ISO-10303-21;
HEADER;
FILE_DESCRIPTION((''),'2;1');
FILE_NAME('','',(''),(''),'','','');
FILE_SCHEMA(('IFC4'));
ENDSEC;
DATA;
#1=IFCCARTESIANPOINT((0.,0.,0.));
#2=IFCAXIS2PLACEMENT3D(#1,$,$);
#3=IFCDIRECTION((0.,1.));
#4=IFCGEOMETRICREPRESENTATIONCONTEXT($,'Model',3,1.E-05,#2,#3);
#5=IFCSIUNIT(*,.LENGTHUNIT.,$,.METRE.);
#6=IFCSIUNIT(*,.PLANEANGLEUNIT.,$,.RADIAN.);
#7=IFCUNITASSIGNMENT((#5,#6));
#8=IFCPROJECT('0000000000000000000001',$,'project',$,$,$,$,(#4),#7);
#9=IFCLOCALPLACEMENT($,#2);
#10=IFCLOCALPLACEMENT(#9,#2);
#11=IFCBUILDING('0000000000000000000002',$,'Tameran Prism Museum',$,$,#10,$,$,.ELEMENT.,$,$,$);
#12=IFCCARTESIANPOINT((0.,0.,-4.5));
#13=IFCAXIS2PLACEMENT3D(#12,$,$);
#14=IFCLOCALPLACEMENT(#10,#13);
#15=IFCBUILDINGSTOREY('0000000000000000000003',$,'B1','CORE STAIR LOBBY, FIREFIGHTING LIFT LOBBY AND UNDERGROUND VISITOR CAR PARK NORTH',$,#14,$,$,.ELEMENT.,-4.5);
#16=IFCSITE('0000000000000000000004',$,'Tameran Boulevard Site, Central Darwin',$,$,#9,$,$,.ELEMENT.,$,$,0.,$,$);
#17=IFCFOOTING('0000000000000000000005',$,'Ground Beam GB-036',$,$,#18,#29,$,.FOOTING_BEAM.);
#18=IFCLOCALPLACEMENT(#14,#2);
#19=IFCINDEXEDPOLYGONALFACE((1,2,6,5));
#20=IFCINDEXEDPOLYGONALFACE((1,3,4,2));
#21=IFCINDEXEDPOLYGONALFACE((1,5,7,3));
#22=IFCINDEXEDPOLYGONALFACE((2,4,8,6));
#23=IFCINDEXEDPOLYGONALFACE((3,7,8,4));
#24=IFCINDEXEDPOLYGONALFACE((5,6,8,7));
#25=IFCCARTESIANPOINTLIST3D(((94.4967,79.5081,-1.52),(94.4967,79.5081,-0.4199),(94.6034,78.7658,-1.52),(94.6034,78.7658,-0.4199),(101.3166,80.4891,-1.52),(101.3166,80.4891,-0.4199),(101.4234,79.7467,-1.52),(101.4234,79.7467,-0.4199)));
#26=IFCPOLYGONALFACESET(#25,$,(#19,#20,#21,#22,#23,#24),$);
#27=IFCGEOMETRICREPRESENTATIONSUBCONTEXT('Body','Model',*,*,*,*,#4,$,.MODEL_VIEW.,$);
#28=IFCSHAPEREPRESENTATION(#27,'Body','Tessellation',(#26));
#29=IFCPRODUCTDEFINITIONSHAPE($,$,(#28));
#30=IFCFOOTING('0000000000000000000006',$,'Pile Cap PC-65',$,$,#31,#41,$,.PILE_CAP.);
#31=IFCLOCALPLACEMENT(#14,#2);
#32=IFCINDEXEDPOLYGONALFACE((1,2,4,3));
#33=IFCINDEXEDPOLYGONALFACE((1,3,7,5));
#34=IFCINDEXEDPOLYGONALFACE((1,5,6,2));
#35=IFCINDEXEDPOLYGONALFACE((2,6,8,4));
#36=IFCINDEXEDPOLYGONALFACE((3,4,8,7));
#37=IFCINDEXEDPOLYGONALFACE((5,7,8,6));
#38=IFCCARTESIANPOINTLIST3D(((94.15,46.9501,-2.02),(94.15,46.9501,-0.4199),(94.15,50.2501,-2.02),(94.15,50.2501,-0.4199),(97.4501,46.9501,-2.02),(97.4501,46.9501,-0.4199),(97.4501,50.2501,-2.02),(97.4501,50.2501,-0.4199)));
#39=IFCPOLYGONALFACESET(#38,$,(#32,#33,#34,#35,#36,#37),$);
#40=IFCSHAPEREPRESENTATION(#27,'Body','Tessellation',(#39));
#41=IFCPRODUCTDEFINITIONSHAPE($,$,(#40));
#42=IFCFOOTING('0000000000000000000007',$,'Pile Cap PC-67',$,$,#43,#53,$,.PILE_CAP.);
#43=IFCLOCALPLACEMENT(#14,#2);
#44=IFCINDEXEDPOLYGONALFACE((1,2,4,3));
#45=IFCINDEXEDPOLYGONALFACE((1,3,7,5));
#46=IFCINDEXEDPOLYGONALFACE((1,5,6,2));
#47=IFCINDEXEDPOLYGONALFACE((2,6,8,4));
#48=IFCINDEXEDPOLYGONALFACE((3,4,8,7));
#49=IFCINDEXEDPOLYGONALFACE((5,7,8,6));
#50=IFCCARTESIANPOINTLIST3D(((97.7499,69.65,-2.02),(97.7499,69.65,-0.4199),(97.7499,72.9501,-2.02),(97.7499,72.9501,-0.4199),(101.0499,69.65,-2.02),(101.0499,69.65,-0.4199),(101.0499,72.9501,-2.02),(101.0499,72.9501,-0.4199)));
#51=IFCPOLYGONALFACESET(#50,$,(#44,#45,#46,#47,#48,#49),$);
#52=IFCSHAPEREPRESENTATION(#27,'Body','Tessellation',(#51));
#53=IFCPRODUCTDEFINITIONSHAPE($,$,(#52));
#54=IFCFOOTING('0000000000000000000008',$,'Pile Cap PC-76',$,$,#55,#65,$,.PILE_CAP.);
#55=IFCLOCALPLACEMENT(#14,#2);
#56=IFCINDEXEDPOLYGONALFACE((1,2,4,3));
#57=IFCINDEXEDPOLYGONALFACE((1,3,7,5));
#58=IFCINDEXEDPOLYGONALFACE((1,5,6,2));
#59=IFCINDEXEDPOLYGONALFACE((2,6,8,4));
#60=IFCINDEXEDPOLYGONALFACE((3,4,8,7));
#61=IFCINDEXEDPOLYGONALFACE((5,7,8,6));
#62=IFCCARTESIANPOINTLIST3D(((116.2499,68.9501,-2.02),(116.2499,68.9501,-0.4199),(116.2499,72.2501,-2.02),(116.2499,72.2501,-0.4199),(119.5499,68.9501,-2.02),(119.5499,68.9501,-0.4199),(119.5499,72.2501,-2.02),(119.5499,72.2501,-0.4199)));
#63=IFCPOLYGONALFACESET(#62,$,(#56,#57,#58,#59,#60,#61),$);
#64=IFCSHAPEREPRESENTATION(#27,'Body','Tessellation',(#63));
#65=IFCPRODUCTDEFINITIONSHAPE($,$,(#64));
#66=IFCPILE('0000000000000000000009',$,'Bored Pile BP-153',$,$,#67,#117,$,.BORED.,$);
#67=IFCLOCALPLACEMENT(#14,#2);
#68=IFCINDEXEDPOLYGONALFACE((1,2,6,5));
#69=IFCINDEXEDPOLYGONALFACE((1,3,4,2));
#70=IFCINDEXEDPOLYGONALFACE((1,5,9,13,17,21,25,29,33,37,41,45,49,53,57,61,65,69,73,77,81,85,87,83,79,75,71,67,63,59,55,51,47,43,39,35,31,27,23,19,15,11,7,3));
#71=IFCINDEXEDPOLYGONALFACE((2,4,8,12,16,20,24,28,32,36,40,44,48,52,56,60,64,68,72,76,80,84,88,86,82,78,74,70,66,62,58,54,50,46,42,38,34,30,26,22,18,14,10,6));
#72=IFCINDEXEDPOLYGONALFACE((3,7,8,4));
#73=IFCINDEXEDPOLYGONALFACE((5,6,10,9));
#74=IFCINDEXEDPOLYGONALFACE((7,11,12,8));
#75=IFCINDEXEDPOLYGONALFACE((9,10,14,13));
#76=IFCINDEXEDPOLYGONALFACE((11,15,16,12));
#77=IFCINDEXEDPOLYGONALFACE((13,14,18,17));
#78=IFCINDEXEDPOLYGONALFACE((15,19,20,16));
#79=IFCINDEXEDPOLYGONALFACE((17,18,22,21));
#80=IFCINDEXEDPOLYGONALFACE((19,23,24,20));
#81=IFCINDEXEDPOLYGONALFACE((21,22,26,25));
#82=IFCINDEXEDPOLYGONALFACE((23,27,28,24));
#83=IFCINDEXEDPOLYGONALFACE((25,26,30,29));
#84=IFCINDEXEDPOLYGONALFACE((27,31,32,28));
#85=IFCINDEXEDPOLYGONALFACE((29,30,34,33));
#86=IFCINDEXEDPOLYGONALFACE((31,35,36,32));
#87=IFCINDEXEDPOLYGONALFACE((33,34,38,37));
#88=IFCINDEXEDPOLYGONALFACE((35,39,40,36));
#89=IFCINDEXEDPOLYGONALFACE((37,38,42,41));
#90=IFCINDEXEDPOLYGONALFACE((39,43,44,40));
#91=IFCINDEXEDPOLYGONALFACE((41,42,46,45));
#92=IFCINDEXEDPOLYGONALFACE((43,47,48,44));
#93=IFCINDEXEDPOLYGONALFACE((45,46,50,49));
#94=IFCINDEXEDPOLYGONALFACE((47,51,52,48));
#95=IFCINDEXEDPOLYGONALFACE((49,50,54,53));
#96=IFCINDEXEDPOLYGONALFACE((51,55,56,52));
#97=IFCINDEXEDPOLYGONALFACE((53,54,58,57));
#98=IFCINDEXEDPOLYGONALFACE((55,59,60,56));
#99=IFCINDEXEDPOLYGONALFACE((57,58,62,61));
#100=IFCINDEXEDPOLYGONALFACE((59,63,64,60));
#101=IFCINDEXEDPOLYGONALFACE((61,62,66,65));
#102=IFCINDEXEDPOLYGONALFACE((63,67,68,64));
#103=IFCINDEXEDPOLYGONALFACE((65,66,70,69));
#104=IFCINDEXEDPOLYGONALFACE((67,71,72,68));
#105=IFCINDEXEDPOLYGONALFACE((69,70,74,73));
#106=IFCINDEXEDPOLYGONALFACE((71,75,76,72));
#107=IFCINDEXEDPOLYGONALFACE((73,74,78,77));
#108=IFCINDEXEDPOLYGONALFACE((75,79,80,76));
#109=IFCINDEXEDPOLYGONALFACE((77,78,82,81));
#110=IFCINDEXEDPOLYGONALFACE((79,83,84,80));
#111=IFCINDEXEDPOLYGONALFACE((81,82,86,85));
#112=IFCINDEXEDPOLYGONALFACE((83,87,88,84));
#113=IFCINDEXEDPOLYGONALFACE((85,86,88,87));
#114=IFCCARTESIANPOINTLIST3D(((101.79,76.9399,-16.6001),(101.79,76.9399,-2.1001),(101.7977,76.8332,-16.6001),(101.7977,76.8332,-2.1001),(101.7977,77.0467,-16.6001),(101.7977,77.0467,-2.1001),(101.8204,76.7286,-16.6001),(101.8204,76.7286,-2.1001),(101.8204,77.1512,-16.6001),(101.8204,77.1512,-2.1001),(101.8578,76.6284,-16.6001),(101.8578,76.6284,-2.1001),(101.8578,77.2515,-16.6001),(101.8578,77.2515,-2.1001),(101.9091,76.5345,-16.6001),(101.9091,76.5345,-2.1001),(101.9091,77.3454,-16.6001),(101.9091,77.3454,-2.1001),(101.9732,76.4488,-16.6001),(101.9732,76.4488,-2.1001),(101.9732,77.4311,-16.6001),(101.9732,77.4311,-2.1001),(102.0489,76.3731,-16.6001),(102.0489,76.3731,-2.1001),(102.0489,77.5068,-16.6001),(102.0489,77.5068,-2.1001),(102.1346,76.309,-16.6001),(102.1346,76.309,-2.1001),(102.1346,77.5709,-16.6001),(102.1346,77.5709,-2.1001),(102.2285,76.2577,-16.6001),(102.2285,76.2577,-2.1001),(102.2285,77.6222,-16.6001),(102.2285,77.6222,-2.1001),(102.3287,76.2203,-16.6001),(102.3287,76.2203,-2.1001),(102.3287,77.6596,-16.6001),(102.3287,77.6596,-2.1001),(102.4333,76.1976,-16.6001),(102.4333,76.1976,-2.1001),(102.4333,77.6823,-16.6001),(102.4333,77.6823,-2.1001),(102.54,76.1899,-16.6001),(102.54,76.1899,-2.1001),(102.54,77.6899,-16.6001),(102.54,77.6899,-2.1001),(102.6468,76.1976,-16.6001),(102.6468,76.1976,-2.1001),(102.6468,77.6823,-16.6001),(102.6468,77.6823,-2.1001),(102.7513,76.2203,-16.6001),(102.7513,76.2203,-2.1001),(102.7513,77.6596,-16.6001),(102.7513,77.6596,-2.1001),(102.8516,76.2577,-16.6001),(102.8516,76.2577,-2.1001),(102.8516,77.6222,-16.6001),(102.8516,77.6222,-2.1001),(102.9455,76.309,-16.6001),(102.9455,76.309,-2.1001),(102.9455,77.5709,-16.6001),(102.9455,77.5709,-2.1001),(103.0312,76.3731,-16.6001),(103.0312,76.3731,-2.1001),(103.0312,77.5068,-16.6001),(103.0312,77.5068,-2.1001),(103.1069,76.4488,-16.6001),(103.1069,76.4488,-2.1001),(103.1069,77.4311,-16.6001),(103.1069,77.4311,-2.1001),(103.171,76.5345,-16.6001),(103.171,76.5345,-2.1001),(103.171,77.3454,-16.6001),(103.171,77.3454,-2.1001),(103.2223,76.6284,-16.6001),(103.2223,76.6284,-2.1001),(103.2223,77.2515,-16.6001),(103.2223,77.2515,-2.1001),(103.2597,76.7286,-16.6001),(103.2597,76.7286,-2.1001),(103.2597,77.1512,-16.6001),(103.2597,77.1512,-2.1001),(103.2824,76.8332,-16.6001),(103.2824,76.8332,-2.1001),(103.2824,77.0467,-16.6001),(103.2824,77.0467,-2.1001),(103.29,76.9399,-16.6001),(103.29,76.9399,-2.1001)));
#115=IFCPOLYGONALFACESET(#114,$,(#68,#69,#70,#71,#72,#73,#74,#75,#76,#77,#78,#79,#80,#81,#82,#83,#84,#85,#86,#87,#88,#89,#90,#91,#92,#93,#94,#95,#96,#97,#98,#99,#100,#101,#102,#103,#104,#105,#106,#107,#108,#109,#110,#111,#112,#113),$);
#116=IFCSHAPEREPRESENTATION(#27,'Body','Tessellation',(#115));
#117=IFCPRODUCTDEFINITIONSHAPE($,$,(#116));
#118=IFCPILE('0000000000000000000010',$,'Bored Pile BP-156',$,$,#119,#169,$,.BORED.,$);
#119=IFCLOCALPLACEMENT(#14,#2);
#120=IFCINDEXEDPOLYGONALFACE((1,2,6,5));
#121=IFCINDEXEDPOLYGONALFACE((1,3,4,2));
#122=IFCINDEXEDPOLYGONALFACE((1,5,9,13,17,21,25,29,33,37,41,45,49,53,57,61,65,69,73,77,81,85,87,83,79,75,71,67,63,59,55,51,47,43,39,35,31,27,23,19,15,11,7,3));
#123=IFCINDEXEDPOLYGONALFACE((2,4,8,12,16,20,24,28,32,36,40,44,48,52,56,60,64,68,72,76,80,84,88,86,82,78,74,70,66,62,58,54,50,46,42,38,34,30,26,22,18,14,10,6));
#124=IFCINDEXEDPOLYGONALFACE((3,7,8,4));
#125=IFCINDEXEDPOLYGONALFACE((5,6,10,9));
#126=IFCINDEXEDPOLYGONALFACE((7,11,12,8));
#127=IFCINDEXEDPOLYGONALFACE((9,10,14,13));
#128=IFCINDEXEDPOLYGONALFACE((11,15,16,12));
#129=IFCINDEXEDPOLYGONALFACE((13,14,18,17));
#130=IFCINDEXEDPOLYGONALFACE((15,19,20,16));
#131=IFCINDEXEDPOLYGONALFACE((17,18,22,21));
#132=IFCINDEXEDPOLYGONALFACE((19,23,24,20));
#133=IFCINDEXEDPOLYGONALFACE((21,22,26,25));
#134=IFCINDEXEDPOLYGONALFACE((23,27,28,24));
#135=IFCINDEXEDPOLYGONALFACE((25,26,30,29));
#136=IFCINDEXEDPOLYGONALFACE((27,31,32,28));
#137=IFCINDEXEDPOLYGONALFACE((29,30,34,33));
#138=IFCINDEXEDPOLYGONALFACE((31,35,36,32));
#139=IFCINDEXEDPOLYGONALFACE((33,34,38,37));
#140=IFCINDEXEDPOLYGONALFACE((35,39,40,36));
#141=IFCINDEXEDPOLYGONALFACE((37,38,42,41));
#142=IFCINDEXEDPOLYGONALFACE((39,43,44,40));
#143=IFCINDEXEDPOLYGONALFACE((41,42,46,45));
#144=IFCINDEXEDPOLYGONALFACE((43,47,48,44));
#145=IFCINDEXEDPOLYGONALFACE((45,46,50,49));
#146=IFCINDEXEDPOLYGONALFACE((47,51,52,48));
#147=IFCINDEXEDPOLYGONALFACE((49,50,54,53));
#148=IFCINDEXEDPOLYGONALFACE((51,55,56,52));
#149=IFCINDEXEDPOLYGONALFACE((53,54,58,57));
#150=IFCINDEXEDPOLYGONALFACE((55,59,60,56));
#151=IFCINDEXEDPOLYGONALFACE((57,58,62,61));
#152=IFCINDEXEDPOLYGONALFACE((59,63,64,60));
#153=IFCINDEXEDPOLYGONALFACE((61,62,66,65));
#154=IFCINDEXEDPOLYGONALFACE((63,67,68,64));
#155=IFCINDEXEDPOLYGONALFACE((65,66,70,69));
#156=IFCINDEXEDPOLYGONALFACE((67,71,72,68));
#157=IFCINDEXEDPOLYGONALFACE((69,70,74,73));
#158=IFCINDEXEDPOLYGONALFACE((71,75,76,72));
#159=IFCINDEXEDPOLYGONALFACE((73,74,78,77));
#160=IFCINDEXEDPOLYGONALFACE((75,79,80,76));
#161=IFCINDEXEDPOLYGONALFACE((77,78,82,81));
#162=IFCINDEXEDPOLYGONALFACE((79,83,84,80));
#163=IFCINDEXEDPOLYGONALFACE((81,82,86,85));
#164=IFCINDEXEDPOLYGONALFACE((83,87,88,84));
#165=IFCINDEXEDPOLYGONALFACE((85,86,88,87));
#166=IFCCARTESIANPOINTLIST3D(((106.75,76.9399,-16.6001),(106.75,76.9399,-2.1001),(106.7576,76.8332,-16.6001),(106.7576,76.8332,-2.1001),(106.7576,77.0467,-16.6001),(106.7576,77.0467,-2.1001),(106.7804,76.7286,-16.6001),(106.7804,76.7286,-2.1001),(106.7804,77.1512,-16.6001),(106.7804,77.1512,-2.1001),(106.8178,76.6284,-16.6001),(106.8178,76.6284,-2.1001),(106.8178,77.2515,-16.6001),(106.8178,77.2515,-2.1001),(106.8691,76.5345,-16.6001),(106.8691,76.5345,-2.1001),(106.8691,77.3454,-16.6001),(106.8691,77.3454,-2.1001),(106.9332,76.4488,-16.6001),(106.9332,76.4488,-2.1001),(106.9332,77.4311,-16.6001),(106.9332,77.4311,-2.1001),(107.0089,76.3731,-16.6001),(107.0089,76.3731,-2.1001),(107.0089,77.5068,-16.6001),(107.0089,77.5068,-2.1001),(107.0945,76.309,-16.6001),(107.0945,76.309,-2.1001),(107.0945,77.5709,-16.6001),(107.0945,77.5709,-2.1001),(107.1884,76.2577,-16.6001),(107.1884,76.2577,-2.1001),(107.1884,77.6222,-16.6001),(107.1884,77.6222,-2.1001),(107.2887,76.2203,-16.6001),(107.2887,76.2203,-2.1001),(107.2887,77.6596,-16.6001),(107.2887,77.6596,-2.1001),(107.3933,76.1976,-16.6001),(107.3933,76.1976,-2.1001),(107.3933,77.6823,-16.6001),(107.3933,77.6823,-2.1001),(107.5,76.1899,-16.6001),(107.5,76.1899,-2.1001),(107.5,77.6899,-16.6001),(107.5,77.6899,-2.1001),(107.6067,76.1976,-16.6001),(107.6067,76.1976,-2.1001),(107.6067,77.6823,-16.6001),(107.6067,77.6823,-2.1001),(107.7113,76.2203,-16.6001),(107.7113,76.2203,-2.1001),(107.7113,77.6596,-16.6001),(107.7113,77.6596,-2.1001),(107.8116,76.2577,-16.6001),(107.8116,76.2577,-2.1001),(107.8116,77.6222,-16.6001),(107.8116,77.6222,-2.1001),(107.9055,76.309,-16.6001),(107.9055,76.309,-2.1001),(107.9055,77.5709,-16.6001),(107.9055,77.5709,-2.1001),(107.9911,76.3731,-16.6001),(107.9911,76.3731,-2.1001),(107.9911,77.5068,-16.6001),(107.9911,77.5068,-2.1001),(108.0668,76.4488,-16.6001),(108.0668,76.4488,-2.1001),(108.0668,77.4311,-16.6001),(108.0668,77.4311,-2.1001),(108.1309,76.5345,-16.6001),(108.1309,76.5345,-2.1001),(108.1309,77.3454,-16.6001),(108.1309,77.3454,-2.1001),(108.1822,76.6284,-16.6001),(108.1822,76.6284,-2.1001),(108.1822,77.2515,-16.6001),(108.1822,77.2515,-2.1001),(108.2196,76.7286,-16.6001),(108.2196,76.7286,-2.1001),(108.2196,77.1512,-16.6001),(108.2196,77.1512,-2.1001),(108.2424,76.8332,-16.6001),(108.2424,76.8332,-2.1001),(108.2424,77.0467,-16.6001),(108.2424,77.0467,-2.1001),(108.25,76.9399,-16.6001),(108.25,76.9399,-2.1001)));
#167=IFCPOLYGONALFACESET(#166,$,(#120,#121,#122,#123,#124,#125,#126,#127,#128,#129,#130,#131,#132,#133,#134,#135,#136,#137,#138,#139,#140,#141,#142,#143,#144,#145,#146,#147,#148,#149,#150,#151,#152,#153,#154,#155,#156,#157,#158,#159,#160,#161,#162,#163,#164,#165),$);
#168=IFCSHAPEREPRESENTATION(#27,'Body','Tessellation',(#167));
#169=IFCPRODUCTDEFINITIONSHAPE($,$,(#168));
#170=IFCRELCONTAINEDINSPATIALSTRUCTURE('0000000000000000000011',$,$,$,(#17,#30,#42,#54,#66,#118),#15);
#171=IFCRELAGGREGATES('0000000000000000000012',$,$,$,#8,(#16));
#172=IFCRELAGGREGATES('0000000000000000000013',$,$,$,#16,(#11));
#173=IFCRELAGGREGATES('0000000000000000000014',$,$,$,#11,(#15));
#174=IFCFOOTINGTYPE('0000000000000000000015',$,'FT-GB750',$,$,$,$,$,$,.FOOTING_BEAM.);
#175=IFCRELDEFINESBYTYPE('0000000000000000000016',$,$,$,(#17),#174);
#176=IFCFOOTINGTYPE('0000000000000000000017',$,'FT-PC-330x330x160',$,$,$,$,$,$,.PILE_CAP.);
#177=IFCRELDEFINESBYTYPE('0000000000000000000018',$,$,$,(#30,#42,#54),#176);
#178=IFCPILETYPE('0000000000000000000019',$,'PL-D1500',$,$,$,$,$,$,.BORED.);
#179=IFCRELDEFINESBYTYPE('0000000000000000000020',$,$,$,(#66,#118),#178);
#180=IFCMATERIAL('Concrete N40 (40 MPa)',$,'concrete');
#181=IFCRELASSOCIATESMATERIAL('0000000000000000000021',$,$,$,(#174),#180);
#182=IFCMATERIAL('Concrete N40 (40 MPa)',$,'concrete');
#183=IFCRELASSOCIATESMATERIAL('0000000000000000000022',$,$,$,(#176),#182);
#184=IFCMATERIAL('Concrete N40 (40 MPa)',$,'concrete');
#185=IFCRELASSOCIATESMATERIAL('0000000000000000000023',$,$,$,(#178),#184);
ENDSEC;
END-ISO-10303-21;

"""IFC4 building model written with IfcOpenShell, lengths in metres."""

from ifc_helpers import new_model, si_unit, direction, frame, origin, origin_2d, place, context, subcontext, project, spatial, rectangle, circle, extrude, material, material_profile, profile_set, type_object, element, save


model = new_model("IFC4")

# Units and contexts
model_context = context("Model", 3, precision=1e-05, world=origin(), true_north=direction((0.0, 1.0)))
body_context = subcontext(model_context, "Body", "Model", "MODEL_VIEW")
ifc_project = project(units=[si_unit("LENGTHUNIT", "METRE"), si_unit("PLANEANGLEUNIT", "RADIAN")], contexts=[model_context])

# Site, building, storey
site_placement = place(None, origin())
site = spatial("IfcSite", under=ifc_project, at=site_placement, Name="Tameran Boulevard Site, Central Darwin", CompositionType="ELEMENT", RefElevation=0.0)
building_placement = place(site_placement, origin())
building = spatial("IfcBuilding", under=site, at=building_placement, Name="Tameran Prism Museum", CompositionType="ELEMENT")
storey_placement = place(building_placement, frame((0.0, 0.0, -4.5)))
storey = spatial("IfcBuildingStorey", under=building, at=storey_placement, Name="B1", Description="CORE STAIR LOBBY, FIREFIGHTING LIFT LOBBY AND UNDERGROUND VISITOR CAR PARK NORTH", CompositionType="ELEMENT", Elevation=-4.5)

# Footings
ifc_material_1 = material(Name="Concrete N40 (40 MPa)", Category="concrete")
ifc_material_profile_1 = material_profile(ifc_material_1, rectangle(XDim=0.75, YDim=1.1001, at=origin_2d()))
ifc_profile_set_1 = profile_set([ifc_material_profile_1])
footing_type_1 = type_object("IfcFootingType", Name="FT-GB750", PredefinedType="FOOTING_BEAM", material=ifc_profile_set_1)
footing_placement = place(storey_placement, frame((94.55, 79.137, -0.97), z_axis=(0.989814, 0.142369, 0.0), x_axis=(-0.142369, 0.989814, 0.0)))
element("IfcFooting", 1, at=footing_placement, inside=storey, type_object=footing_type_1, Name="Ground Beam GB-036", PredefinedType="FOOTING_BEAM", context=body_context, shape_type="SweptSolid", body=[
    extrude(rectangle(XDim=0.75, YDim=1.1001, at=origin_2d()), origin(), (0.0, 0.0, 1.0), 6.8901),
])
ifc_material_2 = material(Name="Concrete N40 (40 MPa)", Category="concrete")
footing_type_2 = type_object("IfcFootingType", Name="FT-PC-330x330x160", PredefinedType="PILE_CAP", material=ifc_material_2)
for number, where, z_axis, x_axis, name in (
    (2, (95.8, 48.6001, -2.02), (0.0, 0.0, 1.0), (1.0, 0.0, 0.0), "Pile Cap PC-65"),
    (3, (99.3999, 71.3, -2.02), (0.0, 0.0, 1.0), (1.0, 0.0, 0.0), "Pile Cap PC-67"),
    (4, (117.8999, 70.6001, -2.02), (0.0, 0.0, 1.0), (1.0, 0.0, 0.0), "Pile Cap PC-76"),
):
    element("IfcFooting", number, at=place(storey_placement, frame(where, z_axis=z_axis, x_axis=x_axis)), inside=storey, type_object=footing_type_2, Name=name, PredefinedType="PILE_CAP", context=body_context, shape_type="SweptSolid", body=[
        extrude(rectangle(XDim=3.3, YDim=3.3, at=origin_2d()), origin(), (0.0, 0.0, 1.0), 1.6001),
    ])

# Piles
ifc_material_3 = material(Name="Concrete N40 (40 MPa)", Category="concrete")
ifc_material_profile_2 = material_profile(ifc_material_3, circle(Radius=0.75, at=origin_2d()))
ifc_profile_set_2 = profile_set([ifc_material_profile_2])
pile_type_1 = type_object("IfcPileType", Name="PL-D1500", PredefinedType="BORED", material=ifc_profile_set_2)
for number, where, z_axis, x_axis, name in (
    (5, (102.54, 76.9399, -2.1001), (0.0, 0.0, -1.0), (1.0, 0.0, 0.0), "Bored Pile BP-153"),
    (6, (107.5, 76.9399, -2.1001), (0.0, 0.0, -1.0), (1.0, 0.0, 0.0), "Bored Pile BP-156"),
):
    element("IfcPile", number, at=place(storey_placement, frame(where, z_axis=z_axis, x_axis=x_axis)), inside=storey, type_object=pile_type_1, Name=name, PredefinedType="BORED", context=body_context, shape_type="SweptSolid", body=[
        extrude(circle(Radius=0.75, at=origin_2d()), origin(), (0.0, 0.0, 1.0), 14.5),
    ])

save(model, "model.ifc")
